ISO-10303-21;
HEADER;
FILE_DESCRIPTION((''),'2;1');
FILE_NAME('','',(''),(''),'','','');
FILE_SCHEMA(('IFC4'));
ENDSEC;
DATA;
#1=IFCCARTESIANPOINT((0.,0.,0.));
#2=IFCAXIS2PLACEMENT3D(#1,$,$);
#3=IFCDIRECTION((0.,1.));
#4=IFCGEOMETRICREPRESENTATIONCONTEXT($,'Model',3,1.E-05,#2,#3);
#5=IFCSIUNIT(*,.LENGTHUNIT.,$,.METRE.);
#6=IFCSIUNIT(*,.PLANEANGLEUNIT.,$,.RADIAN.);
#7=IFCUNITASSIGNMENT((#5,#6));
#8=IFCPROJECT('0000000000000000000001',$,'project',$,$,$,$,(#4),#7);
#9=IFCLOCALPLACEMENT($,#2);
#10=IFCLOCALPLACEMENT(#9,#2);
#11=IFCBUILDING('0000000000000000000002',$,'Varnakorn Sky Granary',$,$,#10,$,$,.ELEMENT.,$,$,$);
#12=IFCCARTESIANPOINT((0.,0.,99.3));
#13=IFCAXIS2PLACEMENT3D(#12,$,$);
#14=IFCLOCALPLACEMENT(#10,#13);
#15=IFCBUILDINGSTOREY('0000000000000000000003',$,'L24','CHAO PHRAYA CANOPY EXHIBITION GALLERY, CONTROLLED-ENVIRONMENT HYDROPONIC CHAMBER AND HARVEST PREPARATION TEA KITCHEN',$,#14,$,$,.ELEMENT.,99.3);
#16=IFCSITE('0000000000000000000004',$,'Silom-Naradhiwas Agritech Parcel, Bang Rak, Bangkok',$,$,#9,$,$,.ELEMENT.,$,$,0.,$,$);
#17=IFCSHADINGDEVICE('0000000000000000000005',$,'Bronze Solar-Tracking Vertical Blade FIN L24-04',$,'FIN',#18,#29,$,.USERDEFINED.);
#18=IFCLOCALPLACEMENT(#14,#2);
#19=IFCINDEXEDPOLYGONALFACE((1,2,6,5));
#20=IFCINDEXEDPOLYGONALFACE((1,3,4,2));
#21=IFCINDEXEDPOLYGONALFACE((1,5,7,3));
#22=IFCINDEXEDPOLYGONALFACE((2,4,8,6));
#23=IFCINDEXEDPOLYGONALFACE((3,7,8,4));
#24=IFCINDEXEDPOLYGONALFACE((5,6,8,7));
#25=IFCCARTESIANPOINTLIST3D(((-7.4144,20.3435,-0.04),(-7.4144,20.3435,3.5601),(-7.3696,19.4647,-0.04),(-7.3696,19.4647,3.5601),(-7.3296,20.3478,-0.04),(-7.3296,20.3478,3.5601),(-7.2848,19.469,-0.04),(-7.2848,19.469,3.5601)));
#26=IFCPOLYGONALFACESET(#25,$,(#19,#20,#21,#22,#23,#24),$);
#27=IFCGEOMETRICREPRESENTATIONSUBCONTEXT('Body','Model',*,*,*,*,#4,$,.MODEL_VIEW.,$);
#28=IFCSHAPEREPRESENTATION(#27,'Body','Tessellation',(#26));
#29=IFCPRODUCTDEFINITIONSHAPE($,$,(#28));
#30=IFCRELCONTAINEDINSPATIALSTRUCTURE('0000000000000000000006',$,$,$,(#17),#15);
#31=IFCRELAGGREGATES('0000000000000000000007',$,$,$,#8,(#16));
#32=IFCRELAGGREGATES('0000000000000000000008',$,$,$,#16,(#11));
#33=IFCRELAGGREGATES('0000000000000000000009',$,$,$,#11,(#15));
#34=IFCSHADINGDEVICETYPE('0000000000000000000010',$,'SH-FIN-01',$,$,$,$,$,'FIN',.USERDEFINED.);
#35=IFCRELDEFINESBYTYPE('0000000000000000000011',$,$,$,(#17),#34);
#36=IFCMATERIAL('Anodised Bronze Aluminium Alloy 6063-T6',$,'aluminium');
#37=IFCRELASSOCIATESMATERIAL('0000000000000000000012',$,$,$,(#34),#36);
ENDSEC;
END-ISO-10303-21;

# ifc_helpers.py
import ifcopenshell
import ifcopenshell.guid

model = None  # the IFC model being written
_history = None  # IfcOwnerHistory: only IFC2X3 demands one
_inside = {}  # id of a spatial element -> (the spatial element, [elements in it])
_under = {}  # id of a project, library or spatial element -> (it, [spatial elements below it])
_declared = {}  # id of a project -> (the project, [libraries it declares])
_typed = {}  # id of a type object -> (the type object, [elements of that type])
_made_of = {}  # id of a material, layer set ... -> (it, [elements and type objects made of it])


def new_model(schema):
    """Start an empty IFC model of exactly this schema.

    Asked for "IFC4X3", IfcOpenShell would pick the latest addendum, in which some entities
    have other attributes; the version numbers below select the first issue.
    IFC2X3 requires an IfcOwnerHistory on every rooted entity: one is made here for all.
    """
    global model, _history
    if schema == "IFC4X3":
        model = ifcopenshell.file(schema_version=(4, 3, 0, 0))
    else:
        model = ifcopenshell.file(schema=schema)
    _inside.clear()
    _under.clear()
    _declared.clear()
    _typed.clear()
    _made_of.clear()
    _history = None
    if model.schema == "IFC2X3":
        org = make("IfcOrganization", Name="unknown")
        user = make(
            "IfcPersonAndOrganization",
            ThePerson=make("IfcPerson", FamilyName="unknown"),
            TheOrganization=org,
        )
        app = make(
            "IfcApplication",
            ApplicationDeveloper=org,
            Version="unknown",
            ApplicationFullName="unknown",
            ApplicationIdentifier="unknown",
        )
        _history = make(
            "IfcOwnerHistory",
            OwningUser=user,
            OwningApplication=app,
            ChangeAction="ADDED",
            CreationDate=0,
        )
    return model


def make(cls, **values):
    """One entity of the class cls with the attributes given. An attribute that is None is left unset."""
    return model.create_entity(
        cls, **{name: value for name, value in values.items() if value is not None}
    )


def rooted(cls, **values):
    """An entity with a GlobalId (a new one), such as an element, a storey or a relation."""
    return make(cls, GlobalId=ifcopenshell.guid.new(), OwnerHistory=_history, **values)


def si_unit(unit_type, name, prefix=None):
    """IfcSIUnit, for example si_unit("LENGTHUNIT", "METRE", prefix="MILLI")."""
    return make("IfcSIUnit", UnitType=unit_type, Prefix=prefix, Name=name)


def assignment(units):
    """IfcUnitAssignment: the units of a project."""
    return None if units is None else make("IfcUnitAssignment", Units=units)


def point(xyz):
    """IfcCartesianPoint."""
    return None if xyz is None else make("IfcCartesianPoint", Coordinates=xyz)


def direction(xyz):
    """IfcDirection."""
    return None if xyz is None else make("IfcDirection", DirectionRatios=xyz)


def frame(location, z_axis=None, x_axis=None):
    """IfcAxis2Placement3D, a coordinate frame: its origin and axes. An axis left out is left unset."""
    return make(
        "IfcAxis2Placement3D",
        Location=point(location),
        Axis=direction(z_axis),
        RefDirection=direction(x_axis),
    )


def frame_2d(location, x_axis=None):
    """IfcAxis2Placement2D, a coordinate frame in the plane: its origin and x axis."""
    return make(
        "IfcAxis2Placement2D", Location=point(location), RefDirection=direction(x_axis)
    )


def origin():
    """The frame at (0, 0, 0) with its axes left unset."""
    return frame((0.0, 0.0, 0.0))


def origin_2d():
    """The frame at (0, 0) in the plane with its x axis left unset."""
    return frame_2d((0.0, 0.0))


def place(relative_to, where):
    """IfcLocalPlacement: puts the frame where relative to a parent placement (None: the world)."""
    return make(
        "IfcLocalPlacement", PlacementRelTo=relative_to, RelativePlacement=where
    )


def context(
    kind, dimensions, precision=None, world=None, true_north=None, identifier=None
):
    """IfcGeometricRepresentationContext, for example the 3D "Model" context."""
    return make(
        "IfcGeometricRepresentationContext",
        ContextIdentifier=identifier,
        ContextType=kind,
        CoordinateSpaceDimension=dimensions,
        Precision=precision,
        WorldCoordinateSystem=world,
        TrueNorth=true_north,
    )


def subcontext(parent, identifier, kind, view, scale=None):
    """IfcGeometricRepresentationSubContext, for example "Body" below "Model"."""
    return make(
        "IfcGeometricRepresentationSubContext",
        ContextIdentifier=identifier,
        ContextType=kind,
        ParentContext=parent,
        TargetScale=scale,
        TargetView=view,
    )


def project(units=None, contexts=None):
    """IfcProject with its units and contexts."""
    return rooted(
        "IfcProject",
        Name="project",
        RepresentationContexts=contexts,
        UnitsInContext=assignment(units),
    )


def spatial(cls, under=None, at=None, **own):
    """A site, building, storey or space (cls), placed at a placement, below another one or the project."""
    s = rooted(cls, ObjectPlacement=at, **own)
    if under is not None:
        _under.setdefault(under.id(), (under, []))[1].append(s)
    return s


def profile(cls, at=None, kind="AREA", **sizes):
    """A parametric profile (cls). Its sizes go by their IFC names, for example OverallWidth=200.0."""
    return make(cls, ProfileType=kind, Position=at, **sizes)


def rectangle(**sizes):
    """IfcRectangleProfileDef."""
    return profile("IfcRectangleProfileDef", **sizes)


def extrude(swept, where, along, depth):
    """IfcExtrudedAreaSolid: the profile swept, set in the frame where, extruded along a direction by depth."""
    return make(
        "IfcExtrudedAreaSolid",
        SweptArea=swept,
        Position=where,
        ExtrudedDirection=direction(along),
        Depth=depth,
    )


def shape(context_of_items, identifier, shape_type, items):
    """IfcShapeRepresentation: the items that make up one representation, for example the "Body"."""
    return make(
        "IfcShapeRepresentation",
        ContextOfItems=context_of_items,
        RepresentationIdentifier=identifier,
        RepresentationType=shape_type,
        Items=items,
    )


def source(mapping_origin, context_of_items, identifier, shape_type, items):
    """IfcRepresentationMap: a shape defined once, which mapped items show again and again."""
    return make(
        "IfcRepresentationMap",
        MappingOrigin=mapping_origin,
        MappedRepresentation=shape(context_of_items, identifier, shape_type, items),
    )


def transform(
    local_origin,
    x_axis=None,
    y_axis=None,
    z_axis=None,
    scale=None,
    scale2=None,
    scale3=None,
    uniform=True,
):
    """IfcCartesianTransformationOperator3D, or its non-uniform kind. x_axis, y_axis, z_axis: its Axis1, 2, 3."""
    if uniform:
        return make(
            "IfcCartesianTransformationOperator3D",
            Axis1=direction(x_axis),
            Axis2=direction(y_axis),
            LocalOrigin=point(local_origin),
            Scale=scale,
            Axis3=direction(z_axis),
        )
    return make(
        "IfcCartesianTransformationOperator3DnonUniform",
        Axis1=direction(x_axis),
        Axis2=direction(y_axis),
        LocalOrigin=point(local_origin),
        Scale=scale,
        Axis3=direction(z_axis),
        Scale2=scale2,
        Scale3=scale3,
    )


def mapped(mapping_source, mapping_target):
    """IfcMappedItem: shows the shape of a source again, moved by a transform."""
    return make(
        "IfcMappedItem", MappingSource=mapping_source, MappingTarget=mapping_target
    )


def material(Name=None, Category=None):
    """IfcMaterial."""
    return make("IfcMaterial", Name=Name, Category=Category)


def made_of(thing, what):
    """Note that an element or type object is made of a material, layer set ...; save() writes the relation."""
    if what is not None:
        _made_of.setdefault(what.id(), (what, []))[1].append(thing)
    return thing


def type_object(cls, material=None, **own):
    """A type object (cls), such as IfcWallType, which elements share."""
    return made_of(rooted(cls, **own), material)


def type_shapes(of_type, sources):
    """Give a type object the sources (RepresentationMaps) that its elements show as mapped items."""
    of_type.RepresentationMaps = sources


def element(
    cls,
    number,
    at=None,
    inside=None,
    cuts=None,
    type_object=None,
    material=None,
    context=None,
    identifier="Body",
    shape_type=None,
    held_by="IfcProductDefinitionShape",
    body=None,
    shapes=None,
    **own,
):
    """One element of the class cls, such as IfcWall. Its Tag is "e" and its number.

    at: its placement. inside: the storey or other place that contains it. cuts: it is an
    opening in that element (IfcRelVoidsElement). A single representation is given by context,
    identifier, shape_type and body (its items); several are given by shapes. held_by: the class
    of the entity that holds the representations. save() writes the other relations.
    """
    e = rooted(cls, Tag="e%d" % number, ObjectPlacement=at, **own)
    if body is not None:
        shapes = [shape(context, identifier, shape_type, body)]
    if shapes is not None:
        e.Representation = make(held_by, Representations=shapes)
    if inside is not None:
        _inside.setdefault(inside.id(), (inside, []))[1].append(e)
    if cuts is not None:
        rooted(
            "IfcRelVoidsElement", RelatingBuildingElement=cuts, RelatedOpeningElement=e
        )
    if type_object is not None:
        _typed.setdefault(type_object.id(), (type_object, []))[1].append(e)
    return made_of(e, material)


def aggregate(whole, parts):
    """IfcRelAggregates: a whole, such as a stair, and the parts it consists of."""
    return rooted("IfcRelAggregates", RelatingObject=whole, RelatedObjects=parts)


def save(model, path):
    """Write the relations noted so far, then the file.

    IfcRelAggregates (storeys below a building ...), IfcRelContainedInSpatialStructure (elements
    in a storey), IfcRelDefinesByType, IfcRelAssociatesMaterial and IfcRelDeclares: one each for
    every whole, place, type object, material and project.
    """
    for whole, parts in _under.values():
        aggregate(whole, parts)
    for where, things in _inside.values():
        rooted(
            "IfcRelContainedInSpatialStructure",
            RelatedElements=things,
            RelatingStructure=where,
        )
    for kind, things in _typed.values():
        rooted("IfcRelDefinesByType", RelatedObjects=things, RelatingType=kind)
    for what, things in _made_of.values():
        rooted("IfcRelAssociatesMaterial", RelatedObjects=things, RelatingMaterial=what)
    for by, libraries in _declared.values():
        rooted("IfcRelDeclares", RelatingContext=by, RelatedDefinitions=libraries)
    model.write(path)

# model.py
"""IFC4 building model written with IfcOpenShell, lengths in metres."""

from ifc_helpers import new_model, si_unit, direction, frame, origin, origin_2d, place, context, subcontext, project, spatial, rectangle, extrude, source, transform, mapped, material, type_object, type_shapes, element, save


model = new_model("IFC4")

# Units and contexts
model_context = context("Model", 3, precision=1e-05, world=origin(), true_north=direction((0.0, 1.0)))
body_context = subcontext(model_context, "Body", "Model", "MODEL_VIEW")
ifc_project = project(units=[si_unit("LENGTHUNIT", "METRE"), si_unit("PLANEANGLEUNIT", "RADIAN")], contexts=[model_context])

# Site, building, storey
site_placement = place(None, origin())
site = spatial("IfcSite", under=ifc_project, at=site_placement, Name="Silom-Naradhiwas Agritech Parcel, Bang Rak, Bangkok", CompositionType="ELEMENT", RefElevation=0.0)
building_placement = place(site_placement, origin())
building = spatial("IfcBuilding", under=site, at=building_placement, Name="Varnakorn Sky Granary", CompositionType="ELEMENT")
storey_placement = place(building_placement, frame((0.0, 0.0, 99.3)))
storey = spatial("IfcBuildingStorey", under=building, at=storey_placement, Name="L24", Description="CHAO PHRAYA CANOPY EXHIBITION GALLERY, CONTROLLED-ENVIRONMENT HYDROPONIC CHAMBER AND HARVEST PREPARATION TEA KITCHEN", CompositionType="ELEMENT", Elevation=99.3)

# Shared definitions
ifc_material_1 = material(Name="Anodised Bronze Aluminium Alloy 6063-T6", Category="aluminium")

# Shading device
shading_device_type = type_object("IfcShadingDeviceType", Name="SH-FIN-01", ElementType="FIN", PredefinedType="USERDEFINED", material=ifc_material_1)
shared_shape_1 = source(origin(), body_context, "Body", "SweptSolid", [
    extrude(rectangle(XDim=0.085, YDim=0.8799, at=origin_2d()), origin(), (0.0, 0.0, 1.0), 3.6001),
])
type_shapes(shading_device_type, [shared_shape_1])
shading_device_placement = place(storey_placement, frame((-7.3496, 19.9062, -0.04), z_axis=(0.0, 0.0, 1.0), x_axis=(-0.998702, -0.050937, 0.0)))
element("IfcShadingDevice", 1, at=shading_device_placement, inside=storey, type_object=shading_device_type, Name="Bronze Solar-Tracking Vertical Blade FIN L24-04", ObjectType="FIN", PredefinedType="USERDEFINED", context=body_context, shape_type="MappedRepresentation", body=[
    mapped(shared_shape_1, transform((0.0, 0.0, 0.0), x_axis=(1.0, 0.0, 0.0), y_axis=(0.0, 1.0, 0.0), z_axis=(0.0, 0.0, 1.0), scale=1.0)),
])

save(model, "model.ifc")
